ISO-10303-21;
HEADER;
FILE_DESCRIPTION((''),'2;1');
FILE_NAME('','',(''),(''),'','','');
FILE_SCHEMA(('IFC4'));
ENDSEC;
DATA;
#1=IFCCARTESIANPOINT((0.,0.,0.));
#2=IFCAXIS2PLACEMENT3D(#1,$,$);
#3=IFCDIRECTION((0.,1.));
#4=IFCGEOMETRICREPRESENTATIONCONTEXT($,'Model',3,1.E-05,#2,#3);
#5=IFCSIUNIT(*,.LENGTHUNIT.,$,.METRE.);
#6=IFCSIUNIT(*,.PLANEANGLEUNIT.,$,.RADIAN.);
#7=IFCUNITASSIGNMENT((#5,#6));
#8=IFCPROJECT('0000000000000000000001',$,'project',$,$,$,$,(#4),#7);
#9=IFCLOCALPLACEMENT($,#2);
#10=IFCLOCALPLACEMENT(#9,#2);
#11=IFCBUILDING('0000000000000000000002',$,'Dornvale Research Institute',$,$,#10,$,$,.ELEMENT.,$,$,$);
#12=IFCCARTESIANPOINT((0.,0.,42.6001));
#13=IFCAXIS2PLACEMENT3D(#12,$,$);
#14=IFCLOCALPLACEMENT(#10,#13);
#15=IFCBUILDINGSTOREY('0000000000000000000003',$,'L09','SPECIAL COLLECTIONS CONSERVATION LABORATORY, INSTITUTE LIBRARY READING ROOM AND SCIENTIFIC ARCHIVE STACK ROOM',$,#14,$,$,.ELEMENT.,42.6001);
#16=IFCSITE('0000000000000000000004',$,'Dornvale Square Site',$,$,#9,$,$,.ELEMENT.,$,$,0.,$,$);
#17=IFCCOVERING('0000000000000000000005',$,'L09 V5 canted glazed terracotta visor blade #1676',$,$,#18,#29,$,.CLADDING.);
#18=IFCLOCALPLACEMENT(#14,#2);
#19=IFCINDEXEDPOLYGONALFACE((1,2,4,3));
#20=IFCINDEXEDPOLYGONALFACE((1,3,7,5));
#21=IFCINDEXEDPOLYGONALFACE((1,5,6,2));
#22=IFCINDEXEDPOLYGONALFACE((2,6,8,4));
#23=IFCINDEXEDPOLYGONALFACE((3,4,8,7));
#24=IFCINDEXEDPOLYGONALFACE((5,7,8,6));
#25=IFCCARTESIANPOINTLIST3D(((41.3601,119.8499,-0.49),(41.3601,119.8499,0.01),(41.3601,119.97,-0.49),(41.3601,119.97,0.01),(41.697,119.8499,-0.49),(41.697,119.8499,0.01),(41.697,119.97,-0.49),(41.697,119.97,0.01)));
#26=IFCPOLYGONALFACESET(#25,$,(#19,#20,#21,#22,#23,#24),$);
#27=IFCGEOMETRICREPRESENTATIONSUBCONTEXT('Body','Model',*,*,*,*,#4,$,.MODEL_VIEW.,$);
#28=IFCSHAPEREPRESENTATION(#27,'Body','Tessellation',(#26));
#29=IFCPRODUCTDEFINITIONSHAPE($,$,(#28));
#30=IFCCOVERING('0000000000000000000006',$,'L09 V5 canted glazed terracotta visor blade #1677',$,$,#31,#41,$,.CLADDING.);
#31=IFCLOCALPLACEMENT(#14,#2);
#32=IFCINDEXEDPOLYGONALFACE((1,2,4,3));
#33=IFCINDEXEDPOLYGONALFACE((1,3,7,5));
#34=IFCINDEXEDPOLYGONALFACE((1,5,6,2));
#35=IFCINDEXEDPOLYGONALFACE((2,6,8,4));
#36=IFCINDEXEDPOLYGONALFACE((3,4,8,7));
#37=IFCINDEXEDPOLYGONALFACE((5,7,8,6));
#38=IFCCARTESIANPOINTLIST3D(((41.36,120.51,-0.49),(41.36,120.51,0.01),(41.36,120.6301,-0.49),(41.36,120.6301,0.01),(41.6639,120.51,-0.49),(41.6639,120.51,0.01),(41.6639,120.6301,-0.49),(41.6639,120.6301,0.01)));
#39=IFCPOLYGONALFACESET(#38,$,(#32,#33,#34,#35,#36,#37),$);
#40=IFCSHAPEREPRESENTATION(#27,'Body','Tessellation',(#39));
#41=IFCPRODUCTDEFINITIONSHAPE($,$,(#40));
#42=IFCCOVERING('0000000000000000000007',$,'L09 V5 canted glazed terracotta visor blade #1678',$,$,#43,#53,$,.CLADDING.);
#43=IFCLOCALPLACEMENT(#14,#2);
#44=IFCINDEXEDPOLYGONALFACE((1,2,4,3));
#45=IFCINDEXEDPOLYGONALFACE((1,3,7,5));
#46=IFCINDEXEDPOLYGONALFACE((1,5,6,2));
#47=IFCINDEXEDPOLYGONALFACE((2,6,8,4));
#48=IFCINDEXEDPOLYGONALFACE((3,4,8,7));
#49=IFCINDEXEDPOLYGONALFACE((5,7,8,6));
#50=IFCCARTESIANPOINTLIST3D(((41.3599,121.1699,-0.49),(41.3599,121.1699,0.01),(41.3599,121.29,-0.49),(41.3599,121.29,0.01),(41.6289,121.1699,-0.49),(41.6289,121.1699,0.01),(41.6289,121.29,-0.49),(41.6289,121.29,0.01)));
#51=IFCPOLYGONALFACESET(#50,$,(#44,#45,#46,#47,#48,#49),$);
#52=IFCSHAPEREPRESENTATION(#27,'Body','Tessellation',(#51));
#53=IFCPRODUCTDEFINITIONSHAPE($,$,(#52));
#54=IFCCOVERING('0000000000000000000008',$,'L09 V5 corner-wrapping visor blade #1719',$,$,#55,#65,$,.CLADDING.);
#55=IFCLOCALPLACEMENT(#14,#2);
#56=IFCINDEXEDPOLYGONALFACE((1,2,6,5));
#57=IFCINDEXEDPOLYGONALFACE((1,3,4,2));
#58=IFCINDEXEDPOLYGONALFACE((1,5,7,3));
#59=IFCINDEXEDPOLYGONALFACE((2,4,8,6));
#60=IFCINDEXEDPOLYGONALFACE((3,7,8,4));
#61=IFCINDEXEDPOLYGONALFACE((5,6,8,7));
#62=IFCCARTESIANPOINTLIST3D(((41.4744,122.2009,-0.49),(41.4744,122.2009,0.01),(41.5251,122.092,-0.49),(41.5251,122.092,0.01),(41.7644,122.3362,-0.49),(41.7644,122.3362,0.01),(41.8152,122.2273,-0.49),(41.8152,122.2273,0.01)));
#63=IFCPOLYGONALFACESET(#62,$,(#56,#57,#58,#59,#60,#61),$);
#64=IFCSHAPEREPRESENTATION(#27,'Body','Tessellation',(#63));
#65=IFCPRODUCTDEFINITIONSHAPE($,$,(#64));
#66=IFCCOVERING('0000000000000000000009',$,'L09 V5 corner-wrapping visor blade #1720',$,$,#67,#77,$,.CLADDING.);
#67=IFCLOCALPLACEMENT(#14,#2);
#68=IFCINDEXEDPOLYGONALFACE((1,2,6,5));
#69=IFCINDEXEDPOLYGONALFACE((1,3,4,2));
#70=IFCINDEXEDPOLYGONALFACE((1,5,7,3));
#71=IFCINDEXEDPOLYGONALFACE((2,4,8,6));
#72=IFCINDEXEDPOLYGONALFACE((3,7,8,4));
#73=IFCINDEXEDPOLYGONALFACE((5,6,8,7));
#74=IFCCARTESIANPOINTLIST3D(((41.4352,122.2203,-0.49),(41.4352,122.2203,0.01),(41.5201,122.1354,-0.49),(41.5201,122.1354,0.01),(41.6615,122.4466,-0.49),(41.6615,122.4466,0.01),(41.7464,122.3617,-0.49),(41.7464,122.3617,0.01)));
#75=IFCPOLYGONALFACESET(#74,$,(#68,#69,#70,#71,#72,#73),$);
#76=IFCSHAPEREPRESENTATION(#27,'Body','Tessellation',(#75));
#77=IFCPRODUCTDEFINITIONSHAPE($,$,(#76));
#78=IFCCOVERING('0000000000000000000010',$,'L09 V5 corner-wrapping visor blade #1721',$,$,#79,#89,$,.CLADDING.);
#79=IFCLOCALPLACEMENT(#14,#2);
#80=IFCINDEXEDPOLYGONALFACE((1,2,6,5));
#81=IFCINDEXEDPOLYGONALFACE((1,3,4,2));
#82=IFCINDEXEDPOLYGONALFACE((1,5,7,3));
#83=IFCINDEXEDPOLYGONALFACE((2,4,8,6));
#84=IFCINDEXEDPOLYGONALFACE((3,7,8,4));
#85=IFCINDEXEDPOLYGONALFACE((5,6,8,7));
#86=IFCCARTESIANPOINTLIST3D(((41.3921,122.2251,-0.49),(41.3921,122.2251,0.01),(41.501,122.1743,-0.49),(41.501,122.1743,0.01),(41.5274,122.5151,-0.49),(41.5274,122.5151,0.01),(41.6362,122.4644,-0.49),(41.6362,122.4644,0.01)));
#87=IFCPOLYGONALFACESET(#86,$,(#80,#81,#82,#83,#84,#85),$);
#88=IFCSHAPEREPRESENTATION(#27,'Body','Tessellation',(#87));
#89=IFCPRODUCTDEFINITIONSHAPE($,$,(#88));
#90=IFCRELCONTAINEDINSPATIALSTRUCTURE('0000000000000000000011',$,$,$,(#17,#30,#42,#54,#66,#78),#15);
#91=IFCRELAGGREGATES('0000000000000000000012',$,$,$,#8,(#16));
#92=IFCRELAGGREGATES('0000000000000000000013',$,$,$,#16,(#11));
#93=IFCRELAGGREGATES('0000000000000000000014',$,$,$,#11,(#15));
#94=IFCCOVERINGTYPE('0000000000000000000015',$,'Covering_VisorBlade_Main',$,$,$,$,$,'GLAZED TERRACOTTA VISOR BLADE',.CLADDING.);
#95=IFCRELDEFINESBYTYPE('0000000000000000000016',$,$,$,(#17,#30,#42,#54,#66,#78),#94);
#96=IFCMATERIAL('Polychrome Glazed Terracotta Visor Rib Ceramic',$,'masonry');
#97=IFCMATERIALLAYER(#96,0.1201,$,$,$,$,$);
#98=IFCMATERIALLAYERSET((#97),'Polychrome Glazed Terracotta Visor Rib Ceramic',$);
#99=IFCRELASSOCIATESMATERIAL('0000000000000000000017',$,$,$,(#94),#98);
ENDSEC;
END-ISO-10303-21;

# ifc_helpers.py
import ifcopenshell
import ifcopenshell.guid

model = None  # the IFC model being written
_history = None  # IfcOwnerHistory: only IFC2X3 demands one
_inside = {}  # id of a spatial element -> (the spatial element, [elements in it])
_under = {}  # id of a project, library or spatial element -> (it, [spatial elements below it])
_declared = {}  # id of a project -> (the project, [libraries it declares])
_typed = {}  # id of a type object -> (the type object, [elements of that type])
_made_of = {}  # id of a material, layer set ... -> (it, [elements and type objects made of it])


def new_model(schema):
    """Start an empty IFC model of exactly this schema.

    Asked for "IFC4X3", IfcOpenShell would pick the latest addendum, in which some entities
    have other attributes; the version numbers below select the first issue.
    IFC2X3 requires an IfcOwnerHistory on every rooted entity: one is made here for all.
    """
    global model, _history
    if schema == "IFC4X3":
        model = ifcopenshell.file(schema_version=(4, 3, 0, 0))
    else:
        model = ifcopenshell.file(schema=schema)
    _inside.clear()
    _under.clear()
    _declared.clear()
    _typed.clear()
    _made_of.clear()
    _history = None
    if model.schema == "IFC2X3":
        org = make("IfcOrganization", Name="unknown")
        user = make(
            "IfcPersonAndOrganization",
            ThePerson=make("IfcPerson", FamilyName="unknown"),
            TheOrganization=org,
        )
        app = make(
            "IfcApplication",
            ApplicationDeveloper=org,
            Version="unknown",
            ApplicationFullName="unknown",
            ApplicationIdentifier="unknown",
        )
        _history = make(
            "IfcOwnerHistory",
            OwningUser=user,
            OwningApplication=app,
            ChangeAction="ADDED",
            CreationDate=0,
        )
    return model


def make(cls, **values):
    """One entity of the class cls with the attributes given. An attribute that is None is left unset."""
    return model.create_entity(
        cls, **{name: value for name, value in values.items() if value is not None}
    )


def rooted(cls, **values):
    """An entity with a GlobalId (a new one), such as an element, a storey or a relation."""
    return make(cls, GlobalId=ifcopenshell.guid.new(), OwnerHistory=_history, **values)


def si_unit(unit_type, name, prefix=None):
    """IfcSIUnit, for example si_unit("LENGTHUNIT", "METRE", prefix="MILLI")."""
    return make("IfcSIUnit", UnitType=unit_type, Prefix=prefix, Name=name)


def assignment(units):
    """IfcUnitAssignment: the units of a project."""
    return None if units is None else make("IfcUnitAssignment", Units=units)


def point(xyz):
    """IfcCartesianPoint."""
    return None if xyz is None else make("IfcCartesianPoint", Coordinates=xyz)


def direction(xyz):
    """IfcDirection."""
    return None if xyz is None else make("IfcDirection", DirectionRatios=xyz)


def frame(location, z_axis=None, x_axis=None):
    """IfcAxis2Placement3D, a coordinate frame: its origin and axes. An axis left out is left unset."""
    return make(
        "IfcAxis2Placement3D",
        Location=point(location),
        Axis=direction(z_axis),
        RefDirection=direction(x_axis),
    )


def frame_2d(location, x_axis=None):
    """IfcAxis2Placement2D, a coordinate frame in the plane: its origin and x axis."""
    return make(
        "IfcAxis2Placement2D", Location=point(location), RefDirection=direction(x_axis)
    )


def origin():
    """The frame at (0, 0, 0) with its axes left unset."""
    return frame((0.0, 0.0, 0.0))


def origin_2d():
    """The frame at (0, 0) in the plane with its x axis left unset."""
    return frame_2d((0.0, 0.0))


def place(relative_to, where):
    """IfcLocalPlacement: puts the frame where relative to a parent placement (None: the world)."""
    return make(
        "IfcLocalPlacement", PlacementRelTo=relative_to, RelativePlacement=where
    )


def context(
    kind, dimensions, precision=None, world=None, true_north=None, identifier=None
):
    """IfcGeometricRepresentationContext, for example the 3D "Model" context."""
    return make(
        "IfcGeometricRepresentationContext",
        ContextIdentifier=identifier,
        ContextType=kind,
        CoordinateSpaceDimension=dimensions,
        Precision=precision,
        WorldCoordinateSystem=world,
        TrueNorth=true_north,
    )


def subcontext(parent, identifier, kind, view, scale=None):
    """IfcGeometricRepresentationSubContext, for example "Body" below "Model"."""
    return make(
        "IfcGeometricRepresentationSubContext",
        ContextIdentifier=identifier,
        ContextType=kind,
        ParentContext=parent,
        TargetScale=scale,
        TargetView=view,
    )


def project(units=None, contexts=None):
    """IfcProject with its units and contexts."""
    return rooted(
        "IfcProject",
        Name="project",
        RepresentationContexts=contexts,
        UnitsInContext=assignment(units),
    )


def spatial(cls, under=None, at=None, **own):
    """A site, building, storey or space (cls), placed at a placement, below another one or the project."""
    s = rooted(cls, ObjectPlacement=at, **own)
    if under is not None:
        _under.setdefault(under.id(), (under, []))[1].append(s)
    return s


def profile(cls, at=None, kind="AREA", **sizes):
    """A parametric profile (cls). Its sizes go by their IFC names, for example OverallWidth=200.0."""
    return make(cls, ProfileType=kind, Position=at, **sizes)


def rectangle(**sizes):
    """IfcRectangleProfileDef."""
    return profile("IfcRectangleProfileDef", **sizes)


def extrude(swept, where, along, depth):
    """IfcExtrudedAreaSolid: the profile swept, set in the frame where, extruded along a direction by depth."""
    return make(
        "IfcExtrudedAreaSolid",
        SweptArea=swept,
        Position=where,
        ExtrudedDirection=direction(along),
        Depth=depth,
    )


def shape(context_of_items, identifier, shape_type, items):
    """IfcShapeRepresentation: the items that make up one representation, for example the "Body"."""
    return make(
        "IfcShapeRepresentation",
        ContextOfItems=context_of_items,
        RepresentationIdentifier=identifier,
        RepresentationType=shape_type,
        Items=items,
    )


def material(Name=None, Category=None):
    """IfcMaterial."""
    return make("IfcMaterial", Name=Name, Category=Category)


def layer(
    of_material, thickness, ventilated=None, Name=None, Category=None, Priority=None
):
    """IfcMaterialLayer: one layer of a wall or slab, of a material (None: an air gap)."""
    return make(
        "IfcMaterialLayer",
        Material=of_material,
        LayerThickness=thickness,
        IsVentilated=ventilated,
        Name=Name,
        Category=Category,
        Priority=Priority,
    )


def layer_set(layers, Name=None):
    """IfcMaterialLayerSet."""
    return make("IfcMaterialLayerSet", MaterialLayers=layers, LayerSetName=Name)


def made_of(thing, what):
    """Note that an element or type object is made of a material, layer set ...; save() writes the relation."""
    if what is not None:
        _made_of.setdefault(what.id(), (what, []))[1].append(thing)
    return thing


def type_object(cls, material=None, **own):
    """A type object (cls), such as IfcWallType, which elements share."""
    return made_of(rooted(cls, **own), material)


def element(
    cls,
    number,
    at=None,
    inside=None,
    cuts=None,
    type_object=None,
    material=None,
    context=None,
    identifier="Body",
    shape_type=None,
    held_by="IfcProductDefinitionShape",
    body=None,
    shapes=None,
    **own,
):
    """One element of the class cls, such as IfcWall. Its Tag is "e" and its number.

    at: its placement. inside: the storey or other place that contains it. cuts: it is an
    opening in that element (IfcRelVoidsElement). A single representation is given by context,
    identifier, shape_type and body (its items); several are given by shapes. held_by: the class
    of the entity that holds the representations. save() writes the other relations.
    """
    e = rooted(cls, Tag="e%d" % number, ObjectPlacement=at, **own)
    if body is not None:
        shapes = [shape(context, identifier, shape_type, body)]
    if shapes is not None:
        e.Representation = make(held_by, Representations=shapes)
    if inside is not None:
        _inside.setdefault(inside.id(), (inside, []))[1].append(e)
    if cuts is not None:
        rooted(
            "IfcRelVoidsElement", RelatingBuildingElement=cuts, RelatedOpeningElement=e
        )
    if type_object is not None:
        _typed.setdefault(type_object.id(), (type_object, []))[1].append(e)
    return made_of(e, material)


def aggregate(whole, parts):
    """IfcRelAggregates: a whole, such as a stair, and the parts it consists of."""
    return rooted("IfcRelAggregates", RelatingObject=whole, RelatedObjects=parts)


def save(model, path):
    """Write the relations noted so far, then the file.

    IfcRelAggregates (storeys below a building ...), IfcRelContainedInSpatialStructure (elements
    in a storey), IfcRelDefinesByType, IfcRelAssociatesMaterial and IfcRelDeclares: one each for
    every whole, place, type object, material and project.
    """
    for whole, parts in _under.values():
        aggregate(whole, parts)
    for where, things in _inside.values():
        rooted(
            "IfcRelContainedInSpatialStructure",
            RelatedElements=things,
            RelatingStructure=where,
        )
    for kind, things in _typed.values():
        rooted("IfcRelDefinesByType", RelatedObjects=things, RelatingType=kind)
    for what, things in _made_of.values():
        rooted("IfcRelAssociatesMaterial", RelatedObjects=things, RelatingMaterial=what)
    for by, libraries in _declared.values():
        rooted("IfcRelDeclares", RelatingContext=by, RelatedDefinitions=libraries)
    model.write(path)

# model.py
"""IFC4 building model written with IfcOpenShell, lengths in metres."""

from ifc_helpers import new_model, si_unit, direction, frame, origin, origin_2d, place, context, subcontext, project, spatial, rectangle, extrude, material, layer, layer_set, type_object, element, save


model = new_model("IFC4")

# Units and contexts
model_context = context("Model", 3, precision=1e-05, world=origin(), true_north=direction((0.0, 1.0)))
body_context = subcontext(model_context, "Body", "Model", "MODEL_VIEW")
ifc_project = project(units=[si_unit("LENGTHUNIT", "METRE"), si_unit("PLANEANGLEUNIT", "RADIAN")], contexts=[model_context])

# Site, building, storey
site_placement = place(None, origin())
site = spatial("IfcSite", under=ifc_project, at=site_placement, Name="Dornvale Square Site", CompositionType="ELEMENT", RefElevation=0.0)
building_placement = place(site_placement, origin())
building = spatial("IfcBuilding", under=site, at=building_placement, Name="Dornvale Research Institute", CompositionType="ELEMENT")
storey_placement = place(building_placement, frame((0.0, 0.0, 42.6001)))
storey = spatial("IfcBuildingStorey", under=building, at=storey_placement, Name="L09", Description="SPECIAL COLLECTIONS CONSERVATION LABORATORY, INSTITUTE LIBRARY READING ROOM AND SCIENTIFIC ARCHIVE STACK ROOM", CompositionType="ELEMENT", Elevation=42.6001)

# Coverings
ifc_material_1 = material(Name="Polychrome Glazed Terracotta Visor Rib Ceramic", Category="masonry")
ifc_layer_1 = layer(ifc_material_1, 0.1201)
ifc_layer_set_1 = layer_set([ifc_layer_1], Name="Polychrome Glazed Terracotta Visor Rib Ceramic")
covering_type = type_object("IfcCoveringType", Name="Covering_VisorBlade_Main", ElementType="GLAZED TERRACOTTA VISOR BLADE", PredefinedType="CLADDING", material=ifc_layer_set_1)
covering_1_placement = place(storey_placement, frame((41.5286, 119.9099, -0.49), z_axis=(0.0, 0.0, 1.0), x_axis=(1.0, 0.0, 0.0)))
element("IfcCovering", 1, at=covering_1_placement, inside=storey, type_object=covering_type, Name="L09 V5 canted glazed terracotta visor blade #1676", PredefinedType="CLADDING", context=body_context, shape_type="SweptSolid", body=[
    extrude(rectangle(XDim=0.3369, YDim=0.1201, at=origin_2d()), origin(), (0.0, 0.0, 1.0), 0.5),
])
covering_2_placement = place(storey_placement, frame((41.512, 120.5701, -0.49), z_axis=(0.0, 0.0, 1.0), x_axis=(1.0, 0.0, 0.0)))
element("IfcCovering", 2, at=covering_2_placement, inside=storey, type_object=covering_type, Name="L09 V5 canted glazed terracotta visor blade #1677", PredefinedType="CLADDING", context=body_context, shape_type="SweptSolid", body=[
    extrude(rectangle(XDim=0.304, YDim=0.1201, at=origin_2d()), origin(), (0.0, 0.0, 1.0), 0.5),
])
covering_3_placement = place(storey_placement, frame((41.4944, 121.23, -0.49), z_axis=(0.0, 0.0, 1.0), x_axis=(1.0, 0.0, 0.0)))
element("IfcCovering", 3, at=covering_3_placement, inside=storey, type_object=covering_type, Name="L09 V5 canted glazed terracotta visor blade #1678", PredefinedType="CLADDING", context=body_context, shape_type="SweptSolid", body=[
    extrude(rectangle(XDim=0.269, YDim=0.1201, at=origin_2d()), origin(), (0.0, 0.0, 1.0), 0.5),
])
for number, where, z_axis, x_axis, name in (
    (4, (41.6448, 122.2141, -0.49), (0.0, 0.0, 1.0), (0.906308, 0.422618, 0.0), "L09 V5 corner-wrapping visor blade #1719"),
    (5, (41.5908, 122.291, -0.49), (0.0, 0.0, 1.0), (0.707107, 0.707107, 0.0), "L09 V5 corner-wrapping visor blade #1720"),
    (6, (41.5142, 122.3447, -0.49), (0.0, 0.0, 1.0), (0.422618, 0.906308, 0.0), "L09 V5 corner-wrapping visor blade #1721"),
):
    element("IfcCovering", number, at=place(storey_placement, frame(where, z_axis=z_axis, x_axis=x_axis)), inside=storey, type_object=covering_type, Name=name, PredefinedType="CLADDING", context=body_context, shape_type="SweptSolid", body=[
        extrude(rectangle(XDim=0.3201, YDim=0.1201, at=origin_2d()), origin(), (0.0, 0.0, 1.0), 0.5),
    ])

save(model, "model.ifc")
